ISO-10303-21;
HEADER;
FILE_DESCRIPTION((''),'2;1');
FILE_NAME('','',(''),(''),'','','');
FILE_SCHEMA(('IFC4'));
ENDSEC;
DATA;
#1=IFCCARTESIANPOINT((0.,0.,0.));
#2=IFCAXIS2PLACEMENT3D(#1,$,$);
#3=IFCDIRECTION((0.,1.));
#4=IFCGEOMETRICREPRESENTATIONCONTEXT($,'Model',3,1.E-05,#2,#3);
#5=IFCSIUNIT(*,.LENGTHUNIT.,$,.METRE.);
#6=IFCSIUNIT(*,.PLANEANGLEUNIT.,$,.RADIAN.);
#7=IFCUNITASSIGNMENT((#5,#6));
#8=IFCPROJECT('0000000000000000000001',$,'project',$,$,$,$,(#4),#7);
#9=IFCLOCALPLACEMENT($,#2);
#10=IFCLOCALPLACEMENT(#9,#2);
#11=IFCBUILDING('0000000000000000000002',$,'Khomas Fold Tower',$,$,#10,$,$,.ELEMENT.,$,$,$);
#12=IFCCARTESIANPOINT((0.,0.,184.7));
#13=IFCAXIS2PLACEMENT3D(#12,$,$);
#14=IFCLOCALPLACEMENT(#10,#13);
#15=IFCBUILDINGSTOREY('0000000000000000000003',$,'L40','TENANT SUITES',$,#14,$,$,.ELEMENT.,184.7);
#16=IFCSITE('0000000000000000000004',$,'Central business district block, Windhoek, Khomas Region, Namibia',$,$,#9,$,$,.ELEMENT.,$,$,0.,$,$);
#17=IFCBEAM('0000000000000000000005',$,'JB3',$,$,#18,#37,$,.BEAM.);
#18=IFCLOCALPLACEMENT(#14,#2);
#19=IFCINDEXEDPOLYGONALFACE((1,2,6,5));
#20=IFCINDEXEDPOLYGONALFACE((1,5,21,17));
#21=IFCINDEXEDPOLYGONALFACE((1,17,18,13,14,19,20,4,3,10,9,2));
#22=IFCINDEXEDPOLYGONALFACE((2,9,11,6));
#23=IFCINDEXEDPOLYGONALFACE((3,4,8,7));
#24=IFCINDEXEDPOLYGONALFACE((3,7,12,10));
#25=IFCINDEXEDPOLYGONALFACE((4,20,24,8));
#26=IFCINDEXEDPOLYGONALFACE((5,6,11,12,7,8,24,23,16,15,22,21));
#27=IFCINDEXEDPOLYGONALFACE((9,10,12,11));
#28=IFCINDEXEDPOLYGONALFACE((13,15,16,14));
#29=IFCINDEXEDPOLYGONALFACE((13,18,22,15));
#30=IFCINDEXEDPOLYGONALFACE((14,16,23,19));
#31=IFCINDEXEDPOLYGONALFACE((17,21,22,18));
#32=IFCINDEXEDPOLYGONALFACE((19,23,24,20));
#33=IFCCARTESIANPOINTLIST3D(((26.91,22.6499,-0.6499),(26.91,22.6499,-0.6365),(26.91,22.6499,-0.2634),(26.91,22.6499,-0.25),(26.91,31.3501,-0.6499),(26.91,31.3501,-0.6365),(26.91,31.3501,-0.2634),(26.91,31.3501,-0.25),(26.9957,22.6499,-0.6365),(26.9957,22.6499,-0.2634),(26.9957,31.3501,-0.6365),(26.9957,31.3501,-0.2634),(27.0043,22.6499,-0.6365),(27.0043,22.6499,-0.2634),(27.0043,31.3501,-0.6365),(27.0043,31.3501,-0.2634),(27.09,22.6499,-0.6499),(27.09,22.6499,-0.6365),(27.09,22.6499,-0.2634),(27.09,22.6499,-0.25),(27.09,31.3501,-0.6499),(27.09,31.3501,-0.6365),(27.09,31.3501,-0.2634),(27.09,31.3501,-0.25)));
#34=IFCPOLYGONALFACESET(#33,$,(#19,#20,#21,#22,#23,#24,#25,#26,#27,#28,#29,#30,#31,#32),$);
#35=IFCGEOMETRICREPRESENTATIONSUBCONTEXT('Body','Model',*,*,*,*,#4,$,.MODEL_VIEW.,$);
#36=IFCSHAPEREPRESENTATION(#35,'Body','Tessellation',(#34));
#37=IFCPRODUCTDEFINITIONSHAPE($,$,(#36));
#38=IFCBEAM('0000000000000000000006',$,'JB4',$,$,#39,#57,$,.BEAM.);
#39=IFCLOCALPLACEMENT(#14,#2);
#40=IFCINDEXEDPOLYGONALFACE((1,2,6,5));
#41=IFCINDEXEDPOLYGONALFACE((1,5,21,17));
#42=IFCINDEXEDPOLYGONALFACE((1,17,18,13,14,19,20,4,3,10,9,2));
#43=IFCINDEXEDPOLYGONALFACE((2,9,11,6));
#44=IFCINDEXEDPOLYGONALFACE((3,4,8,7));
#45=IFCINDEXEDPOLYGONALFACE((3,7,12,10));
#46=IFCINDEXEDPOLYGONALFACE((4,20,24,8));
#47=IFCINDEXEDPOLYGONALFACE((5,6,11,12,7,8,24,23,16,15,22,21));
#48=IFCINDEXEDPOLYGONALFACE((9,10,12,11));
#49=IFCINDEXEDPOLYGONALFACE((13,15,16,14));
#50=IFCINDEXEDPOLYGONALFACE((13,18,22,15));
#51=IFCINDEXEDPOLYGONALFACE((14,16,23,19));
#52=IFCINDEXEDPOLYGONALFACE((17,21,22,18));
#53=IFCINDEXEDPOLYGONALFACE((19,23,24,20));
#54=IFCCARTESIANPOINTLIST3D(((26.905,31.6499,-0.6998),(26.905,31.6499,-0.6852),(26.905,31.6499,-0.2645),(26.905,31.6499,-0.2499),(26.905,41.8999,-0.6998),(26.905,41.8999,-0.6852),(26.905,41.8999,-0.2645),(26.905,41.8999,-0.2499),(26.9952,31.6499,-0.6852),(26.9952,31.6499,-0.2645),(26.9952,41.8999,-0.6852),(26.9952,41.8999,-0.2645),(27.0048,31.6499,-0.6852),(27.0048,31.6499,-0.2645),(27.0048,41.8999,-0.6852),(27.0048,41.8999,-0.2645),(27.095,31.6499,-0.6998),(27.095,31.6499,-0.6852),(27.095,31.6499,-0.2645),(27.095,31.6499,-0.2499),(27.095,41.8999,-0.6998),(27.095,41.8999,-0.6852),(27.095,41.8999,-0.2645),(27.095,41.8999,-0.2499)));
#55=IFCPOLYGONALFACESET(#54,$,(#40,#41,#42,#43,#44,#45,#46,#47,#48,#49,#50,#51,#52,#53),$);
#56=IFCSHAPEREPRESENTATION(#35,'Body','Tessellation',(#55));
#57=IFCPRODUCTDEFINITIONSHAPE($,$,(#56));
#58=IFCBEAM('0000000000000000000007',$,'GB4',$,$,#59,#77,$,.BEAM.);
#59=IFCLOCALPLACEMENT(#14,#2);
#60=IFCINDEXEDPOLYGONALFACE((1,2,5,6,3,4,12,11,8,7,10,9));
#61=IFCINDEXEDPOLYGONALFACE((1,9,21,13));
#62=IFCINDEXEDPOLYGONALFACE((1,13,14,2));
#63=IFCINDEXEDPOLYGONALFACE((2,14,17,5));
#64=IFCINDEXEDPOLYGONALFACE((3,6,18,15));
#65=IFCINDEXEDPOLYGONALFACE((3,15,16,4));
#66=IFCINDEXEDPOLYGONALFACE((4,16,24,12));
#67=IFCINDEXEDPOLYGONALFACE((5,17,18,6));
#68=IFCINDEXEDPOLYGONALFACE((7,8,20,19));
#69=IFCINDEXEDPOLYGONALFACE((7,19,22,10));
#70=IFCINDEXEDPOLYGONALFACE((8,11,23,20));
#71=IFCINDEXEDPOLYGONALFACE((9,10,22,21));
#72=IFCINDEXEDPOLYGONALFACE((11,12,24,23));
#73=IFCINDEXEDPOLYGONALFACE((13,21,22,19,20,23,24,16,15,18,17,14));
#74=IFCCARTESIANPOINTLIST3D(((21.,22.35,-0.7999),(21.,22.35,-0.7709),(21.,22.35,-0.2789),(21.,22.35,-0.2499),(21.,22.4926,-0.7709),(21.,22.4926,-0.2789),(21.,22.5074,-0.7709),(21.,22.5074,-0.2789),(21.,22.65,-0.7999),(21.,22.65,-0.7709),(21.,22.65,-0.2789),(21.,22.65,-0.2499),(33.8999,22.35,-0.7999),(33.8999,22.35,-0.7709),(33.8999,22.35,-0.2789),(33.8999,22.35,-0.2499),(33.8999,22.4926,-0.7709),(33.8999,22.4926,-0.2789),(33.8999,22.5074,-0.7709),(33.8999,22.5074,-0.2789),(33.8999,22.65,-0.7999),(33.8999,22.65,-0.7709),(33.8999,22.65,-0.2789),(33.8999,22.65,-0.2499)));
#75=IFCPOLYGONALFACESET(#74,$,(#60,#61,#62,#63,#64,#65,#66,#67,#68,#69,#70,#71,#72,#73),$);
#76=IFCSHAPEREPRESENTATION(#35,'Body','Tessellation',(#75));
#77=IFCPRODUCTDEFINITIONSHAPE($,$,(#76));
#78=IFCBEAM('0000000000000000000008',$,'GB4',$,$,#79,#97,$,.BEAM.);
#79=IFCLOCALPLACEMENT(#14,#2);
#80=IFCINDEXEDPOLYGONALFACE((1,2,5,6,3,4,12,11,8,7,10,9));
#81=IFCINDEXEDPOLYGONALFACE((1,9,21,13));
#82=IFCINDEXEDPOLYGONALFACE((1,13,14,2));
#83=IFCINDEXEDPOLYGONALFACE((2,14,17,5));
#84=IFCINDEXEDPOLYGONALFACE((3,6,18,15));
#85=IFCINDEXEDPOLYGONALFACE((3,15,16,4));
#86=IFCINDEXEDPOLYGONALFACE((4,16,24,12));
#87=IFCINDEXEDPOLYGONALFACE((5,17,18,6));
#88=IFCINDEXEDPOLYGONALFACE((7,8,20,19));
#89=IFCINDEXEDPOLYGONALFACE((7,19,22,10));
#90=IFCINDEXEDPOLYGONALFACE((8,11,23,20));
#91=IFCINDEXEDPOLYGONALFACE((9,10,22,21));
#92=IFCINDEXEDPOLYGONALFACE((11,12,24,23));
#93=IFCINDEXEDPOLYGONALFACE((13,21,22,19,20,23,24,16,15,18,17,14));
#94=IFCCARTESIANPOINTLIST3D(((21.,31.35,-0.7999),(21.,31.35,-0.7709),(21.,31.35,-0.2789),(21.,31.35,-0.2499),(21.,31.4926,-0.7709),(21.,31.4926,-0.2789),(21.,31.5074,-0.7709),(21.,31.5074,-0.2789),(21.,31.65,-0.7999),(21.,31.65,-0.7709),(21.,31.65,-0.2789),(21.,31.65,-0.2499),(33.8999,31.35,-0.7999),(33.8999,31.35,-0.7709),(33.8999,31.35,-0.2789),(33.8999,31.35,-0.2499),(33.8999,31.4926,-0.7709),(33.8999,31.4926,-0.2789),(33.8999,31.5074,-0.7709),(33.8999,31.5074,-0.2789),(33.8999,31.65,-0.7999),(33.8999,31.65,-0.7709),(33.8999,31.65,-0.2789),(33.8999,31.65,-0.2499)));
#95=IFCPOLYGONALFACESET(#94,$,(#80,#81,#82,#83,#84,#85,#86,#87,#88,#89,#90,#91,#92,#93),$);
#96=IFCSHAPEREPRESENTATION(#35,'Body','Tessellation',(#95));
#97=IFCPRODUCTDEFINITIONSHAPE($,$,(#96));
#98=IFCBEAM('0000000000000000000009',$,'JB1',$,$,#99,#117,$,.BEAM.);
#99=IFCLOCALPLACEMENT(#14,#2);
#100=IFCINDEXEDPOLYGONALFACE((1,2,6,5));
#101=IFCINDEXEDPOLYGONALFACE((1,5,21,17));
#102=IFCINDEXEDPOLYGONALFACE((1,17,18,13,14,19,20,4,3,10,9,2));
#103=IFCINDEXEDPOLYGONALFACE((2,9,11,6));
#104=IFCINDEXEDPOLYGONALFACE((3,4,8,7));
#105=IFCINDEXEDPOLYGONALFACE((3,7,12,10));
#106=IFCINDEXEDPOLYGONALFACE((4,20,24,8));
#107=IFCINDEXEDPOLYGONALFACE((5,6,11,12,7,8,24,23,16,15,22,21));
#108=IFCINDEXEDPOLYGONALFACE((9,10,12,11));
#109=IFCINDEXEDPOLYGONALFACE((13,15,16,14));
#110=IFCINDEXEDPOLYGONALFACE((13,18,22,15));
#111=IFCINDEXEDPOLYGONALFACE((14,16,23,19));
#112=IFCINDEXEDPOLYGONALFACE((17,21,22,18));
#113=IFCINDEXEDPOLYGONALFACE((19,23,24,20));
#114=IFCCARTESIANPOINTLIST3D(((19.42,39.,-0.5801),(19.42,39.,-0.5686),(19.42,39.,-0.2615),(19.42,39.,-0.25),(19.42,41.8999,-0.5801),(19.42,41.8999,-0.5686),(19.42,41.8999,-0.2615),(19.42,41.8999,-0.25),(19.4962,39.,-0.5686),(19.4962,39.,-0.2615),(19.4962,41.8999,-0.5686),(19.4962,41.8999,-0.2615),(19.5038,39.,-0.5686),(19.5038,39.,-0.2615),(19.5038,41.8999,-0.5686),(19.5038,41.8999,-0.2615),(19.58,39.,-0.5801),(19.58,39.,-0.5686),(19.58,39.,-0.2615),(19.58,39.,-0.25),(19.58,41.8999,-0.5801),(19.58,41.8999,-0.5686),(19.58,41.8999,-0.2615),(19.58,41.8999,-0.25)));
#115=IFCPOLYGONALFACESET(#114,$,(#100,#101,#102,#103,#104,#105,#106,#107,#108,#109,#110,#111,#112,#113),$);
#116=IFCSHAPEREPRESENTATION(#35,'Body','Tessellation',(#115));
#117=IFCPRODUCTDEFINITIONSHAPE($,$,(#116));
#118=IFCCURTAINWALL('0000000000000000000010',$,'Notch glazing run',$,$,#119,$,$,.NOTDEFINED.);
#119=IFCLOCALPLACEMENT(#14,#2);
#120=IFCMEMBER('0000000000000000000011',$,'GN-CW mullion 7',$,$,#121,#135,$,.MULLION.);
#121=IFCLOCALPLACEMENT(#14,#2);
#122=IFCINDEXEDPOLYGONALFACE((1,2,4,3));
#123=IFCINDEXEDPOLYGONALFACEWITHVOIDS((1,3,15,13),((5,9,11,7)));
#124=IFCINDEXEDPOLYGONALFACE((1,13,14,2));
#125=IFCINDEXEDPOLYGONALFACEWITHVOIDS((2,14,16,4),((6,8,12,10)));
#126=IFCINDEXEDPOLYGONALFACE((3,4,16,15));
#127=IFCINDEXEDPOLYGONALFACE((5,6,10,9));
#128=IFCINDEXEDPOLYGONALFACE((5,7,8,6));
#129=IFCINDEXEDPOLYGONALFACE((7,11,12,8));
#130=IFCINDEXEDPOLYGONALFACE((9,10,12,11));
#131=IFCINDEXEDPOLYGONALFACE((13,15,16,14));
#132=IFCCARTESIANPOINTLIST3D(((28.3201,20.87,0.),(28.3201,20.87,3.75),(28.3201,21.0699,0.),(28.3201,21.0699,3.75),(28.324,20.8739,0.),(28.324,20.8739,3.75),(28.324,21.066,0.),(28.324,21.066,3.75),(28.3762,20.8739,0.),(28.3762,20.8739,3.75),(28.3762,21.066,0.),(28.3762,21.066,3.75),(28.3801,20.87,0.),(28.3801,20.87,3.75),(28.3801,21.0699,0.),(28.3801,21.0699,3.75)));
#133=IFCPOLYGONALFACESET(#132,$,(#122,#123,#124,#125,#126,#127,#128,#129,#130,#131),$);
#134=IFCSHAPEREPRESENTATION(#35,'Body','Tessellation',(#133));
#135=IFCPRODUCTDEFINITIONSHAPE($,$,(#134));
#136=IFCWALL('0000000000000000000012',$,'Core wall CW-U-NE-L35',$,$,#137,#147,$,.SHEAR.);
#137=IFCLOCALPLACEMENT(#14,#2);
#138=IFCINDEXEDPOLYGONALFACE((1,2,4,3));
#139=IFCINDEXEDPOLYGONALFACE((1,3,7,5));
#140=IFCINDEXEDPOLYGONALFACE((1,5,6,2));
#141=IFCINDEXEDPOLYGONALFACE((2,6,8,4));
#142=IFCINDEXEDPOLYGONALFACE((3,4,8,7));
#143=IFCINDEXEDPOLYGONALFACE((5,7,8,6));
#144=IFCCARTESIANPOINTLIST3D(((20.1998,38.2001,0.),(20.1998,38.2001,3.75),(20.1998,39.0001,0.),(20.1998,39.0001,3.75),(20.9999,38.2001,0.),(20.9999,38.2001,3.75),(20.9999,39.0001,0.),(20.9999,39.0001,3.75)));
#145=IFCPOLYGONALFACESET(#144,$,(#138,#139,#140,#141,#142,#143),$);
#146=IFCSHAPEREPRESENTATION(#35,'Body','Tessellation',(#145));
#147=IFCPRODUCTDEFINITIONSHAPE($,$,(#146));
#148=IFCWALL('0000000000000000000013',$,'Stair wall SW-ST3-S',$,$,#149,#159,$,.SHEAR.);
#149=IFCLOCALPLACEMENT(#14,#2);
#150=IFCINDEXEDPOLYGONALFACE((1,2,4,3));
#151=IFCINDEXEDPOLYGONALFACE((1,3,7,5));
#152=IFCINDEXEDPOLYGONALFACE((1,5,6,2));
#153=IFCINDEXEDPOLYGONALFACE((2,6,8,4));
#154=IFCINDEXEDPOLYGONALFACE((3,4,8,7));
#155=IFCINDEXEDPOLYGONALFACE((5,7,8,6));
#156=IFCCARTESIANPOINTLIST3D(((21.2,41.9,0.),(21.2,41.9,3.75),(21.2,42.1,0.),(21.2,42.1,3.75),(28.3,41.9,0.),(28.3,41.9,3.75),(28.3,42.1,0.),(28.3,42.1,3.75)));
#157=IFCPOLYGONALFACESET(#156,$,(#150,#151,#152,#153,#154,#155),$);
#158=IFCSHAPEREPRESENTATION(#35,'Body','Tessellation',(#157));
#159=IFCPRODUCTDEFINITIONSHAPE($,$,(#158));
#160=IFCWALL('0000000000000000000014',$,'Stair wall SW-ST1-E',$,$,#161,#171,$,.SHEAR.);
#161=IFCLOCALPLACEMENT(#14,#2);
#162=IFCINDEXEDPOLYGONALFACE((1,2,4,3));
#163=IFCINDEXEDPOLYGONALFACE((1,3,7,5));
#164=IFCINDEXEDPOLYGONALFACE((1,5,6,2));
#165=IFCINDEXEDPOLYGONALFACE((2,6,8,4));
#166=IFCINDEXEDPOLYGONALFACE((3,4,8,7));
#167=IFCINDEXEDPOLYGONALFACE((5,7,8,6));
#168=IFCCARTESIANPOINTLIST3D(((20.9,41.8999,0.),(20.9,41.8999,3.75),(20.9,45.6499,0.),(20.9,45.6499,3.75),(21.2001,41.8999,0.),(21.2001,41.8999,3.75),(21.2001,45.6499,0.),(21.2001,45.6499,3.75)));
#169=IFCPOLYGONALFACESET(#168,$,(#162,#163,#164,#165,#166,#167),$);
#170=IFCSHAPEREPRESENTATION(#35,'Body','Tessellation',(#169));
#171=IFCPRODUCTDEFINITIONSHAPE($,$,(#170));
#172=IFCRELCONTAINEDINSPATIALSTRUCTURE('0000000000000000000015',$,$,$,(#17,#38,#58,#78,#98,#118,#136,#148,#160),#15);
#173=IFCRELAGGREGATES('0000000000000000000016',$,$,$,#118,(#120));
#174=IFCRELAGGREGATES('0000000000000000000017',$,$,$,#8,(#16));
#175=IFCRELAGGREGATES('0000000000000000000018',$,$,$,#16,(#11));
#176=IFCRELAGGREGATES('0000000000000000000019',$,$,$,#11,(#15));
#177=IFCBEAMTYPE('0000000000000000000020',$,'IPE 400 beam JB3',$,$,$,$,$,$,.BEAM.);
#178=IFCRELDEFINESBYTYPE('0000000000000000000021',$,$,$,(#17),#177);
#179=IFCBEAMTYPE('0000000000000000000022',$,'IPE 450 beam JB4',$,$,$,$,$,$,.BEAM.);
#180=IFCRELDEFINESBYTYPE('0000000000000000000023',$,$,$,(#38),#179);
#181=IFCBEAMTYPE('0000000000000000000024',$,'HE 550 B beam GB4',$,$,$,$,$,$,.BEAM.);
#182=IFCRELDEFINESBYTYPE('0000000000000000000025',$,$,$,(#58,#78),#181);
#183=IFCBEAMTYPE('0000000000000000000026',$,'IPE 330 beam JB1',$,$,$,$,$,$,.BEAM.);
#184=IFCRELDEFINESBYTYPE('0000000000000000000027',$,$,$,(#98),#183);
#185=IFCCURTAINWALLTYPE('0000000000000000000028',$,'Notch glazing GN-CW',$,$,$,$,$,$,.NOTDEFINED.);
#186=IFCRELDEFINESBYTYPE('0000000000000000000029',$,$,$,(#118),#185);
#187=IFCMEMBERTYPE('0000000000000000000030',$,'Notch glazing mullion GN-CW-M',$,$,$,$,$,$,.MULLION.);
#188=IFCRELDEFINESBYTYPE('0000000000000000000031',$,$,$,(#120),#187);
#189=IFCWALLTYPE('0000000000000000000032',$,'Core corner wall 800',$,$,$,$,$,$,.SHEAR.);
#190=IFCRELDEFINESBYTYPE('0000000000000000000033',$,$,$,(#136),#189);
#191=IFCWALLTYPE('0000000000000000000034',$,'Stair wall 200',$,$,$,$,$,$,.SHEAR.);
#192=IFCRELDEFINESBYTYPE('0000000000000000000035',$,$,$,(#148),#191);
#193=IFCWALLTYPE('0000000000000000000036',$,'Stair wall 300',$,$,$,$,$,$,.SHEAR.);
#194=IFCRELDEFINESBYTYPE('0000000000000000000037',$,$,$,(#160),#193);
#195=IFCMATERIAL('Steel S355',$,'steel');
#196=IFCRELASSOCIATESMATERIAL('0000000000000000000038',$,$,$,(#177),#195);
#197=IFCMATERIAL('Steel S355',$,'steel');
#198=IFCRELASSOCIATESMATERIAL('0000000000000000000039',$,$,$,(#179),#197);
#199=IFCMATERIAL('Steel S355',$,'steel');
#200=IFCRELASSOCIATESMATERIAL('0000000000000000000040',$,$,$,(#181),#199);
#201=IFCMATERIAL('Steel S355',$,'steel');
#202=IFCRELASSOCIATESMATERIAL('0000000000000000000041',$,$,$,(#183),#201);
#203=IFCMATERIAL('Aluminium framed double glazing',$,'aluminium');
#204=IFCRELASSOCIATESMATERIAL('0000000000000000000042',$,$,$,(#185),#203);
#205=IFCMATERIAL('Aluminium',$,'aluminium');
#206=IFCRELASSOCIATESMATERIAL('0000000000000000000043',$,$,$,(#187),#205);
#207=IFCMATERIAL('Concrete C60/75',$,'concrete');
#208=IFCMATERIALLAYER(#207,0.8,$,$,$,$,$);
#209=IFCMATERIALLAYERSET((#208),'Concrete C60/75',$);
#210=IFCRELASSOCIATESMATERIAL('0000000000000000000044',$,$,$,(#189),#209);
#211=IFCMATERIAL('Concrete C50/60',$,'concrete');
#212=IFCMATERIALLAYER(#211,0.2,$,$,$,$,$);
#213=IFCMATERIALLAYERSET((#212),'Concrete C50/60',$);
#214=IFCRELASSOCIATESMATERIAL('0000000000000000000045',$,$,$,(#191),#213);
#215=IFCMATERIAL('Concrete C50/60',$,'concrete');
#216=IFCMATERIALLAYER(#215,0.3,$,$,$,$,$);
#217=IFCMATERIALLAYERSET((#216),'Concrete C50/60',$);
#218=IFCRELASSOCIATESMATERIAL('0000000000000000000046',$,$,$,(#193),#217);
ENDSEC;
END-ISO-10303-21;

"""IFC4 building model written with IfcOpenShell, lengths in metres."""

from ifc_helpers import new_model, si_unit, direction, frame, frame_2d, origin, origin_2d, place, context, subcontext, project, spatial, rectangle, hollow_rectangle, i_section, extrude, source, transform, mapped, material, layer, layer_set, material_profile, profile_set, type_object, element, aggregate, save


model = new_model("IFC4")

# Units and contexts
model_context = context("Model", 3, precision=1e-05, world=origin(), true_north=direction((0.0, 1.0)))
body_context = subcontext(model_context, "Body", "Model", "MODEL_VIEW")
ifc_project = project(units=[si_unit("LENGTHUNIT", "METRE"), si_unit("PLANEANGLEUNIT", "RADIAN")], contexts=[model_context])

# Site, building, storey
site_placement = place(None, origin())
site = spatial("IfcSite", under=ifc_project, at=site_placement, Name="Central business district block, Windhoek, Khomas Region, Namibia", CompositionType="ELEMENT", RefElevation=0.0)
building_placement = place(site_placement, origin())
building = spatial("IfcBuilding", under=site, at=building_placement, Name="Khomas Fold Tower", CompositionType="ELEMENT")
storey_placement = place(building_placement, frame((0.0, 0.0, 184.7)))
storey = spatial("IfcBuildingStorey", under=building, at=storey_placement, Name="L40", Description="TENANT SUITES", CompositionType="ELEMENT", Elevation=184.7)

# Beams
ifc_material_1 = material(Name="Steel S355", Category="steel")
ifc_material_profile_1 = material_profile(ifc_material_1, i_section(OverallWidth=0.1799, OverallDepth=0.3999, WebThickness=0.0085, FlangeThickness=0.0134, at=origin_2d()), Name="IPE 400")
ifc_profile_set_1 = profile_set([ifc_material_profile_1], Name="Steel S355")
beam_type_1 = type_object("IfcBeamType", Name="IPE 400 beam JB3", PredefinedType="BEAM", material=ifc_profile_set_1)
shared_shape_1 = source(origin(), body_context, "Body", "SweptSolid", [
    extrude(i_section(OverallWidth=0.1799, OverallDepth=0.3999, WebThickness=0.0085, FlangeThickness=0.0134, at=origin_2d()), origin(), (0.0, 0.0, 1.0), 8.7002),
])
beam_1_placement = place(storey_placement, frame((27.0, 22.6499, -0.45), z_axis=(0.0, 1.0, 0.0), x_axis=(-1.0, 0.0, 0.0)))
element("IfcBeam", 1, at=beam_1_placement, inside=storey, type_object=beam_type_1, Name="JB3", PredefinedType="BEAM", context=body_context, shape_type="MappedRepresentation", body=[
    mapped(shared_shape_1, transform((0.0, 0.0, 0.0))),
])
ifc_material_2 = material(Name="Steel S355", Category="steel")
ifc_material_profile_2 = material_profile(ifc_material_2, i_section(OverallWidth=0.1899, OverallDepth=0.45, WebThickness=0.0095, FlangeThickness=0.0146, at=origin_2d()), Name="IPE 450")
ifc_profile_set_2 = profile_set([ifc_material_profile_2], Name="Steel S355")
beam_type_2 = type_object("IfcBeamType", Name="IPE 450 beam JB4", PredefinedType="BEAM", material=ifc_profile_set_2)
shared_shape_2 = source(origin(), body_context, "Body", "SweptSolid", [
    extrude(i_section(OverallWidth=0.1899, OverallDepth=0.45, WebThickness=0.0095, FlangeThickness=0.0146, at=origin_2d()), origin(), (0.0, 0.0, 1.0), 10.25),
])
beam_2_placement = place(storey_placement, frame((27.0, 31.6499, -0.4749), z_axis=(0.0, 1.0, 0.0), x_axis=(-1.0, 0.0, 0.0)))
element("IfcBeam", 2, at=beam_2_placement, inside=storey, type_object=beam_type_2, Name="JB4", PredefinedType="BEAM", context=body_context, shape_type="MappedRepresentation", body=[
    mapped(shared_shape_2, transform((0.0, 0.0, 0.0))),
])
ifc_material_3 = material(Name="Steel S355", Category="steel")
ifc_material_profile_3 = material_profile(ifc_material_3, i_section(OverallWidth=0.3, OverallDepth=0.55, WebThickness=0.0149, FlangeThickness=0.0291, at=origin_2d()), Name="HE 550 B")
ifc_profile_set_3 = profile_set([ifc_material_profile_3], Name="Steel S355")
beam_type_3 = type_object("IfcBeamType", Name="HE 550 B beam GB4", PredefinedType="BEAM", material=ifc_profile_set_3)
shared_shape_3 = source(origin(), body_context, "Body", "SweptSolid", [
    extrude(i_section(OverallWidth=0.3, OverallDepth=0.55, WebThickness=0.0149, FlangeThickness=0.0291, at=origin_2d()), origin(), (0.0, 0.0, 1.0), 12.8999),
])
for number, where, z_axis, x_axis, name in (
    (3, (21.0, 22.5, -0.5249), (1.0, 0.0, 0.0), (0.0, 1.0, 0.0), "GB4"),
    (4, (21.0, 31.5, -0.5249), (1.0, 0.0, 0.0), (0.0, 1.0, 0.0), "GB4"),
):
    element("IfcBeam", number, at=place(storey_placement, frame(where, z_axis=z_axis, x_axis=x_axis)), inside=storey, type_object=beam_type_3, Name=name, PredefinedType="BEAM", context=body_context, shape_type="MappedRepresentation", body=[
        mapped(shared_shape_3, transform((0.0, 0.0, 0.0))),
    ])
ifc_material_4 = material(Name="Steel S355", Category="steel")
ifc_material_profile_4 = material_profile(ifc_material_4, i_section(OverallWidth=0.1599, OverallDepth=0.3301, WebThickness=0.0076, FlangeThickness=0.0115, at=origin_2d()), Name="IPE 330")
ifc_profile_set_4 = profile_set([ifc_material_profile_4], Name="Steel S355")
beam_type_4 = type_object("IfcBeamType", Name="IPE 330 beam JB1", PredefinedType="BEAM", material=ifc_profile_set_4)
shared_shape_4 = source(origin(), body_context, "Body", "SweptSolid", [
    extrude(i_section(OverallWidth=0.1599, OverallDepth=0.3301, WebThickness=0.0076, FlangeThickness=0.0115, at=origin_2d()), origin(), (0.0, 0.0, 1.0), 2.8999),
])
beam_3_placement = place(storey_placement, frame((19.5, 39.0, -0.415), z_axis=(0.0, 1.0, 0.0), x_axis=(-1.0, 0.0, 0.0)))
element("IfcBeam", 5, at=beam_3_placement, inside=storey, type_object=beam_type_4, Name="JB1", PredefinedType="BEAM", context=body_context, shape_type="MappedRepresentation", body=[
    mapped(shared_shape_4, transform((0.0, 0.0, 0.0))),
])

# Curtain wall, member
ifc_material_5 = material(Name="Aluminium framed double glazing", Category="aluminium")
curtain_wall_type = type_object("IfcCurtainWallType", Name="Notch glazing GN-CW", PredefinedType="NOTDEFINED", material=ifc_material_5)
curtain_wall_placement = place(storey_placement, origin())
curtain_wall = element("IfcCurtainWall", 6, at=curtain_wall_placement, inside=storey, type_object=curtain_wall_type, Name="Notch glazing run", PredefinedType="NOTDEFINED")
ifc_material_6 = material(Name="Aluminium", Category="aluminium")
ifc_material_profile_5 = material_profile(ifc_material_6, hollow_rectangle(XDim=0.0601, YDim=0.2, WallThickness=0.0039, at=origin_2d()), Name="Notch glazing mullion GN-CW-M")
ifc_profile_set_5 = profile_set([ifc_material_profile_5], Name="Aluminium")
member_type = type_object("IfcMemberType", Name="Notch glazing mullion GN-CW-M", PredefinedType="MULLION", material=ifc_profile_set_5)
shared_shape_5 = source(origin(), body_context, "Body", "SweptSolid", [
    extrude(hollow_rectangle(XDim=0.0601, YDim=0.2, WallThickness=0.0039, at=origin_2d()), origin(), (0.0, 0.0, 1.0), 3.75),
])
member_placement = place(storey_placement, frame((28.3501, 20.97, 0.0), z_axis=(0.0, 0.0, 1.0), x_axis=(-1.0, 0.0, 0.0)))
member = element("IfcMember", 7, at=member_placement, type_object=member_type, Name="GN-CW mullion 7", PredefinedType="MULLION", context=body_context, shape_type="MappedRepresentation", body=[
    mapped(shared_shape_5, transform((0.0, 0.0, 0.0))),
])
aggregate(curtain_wall, [member])

# Walls
ifc_material_7 = material(Name="Concrete C60/75", Category="concrete")
ifc_layer_1 = layer(ifc_material_7, 0.8)
ifc_layer_set_1 = layer_set([ifc_layer_1], Name="Concrete C60/75")
wall_type_1 = type_object("IfcWallType", Name="Core corner wall 800", PredefinedType="SHEAR", material=ifc_layer_set_1)
shared_shape_6 = source(origin(), body_context, "Body", "SweptSolid", [
    extrude(rectangle(XDim=0.8, YDim=0.8, at=frame_2d((0.3999, 0.0))), origin(), (0.0, 0.0, 1.0), 3.75),
])
wall_1_placement = place(storey_placement, frame((20.2, 38.6001, 0.0), z_axis=(0.0, 0.0, 1.0), x_axis=(1.0, 0.0, 0.0)))
element("IfcWall", 8, at=wall_1_placement, inside=storey, type_object=wall_type_1, Name="Core wall CW-U-NE-L35", PredefinedType="SHEAR", context=body_context, shape_type="MappedRepresentation", body=[
    mapped(shared_shape_6, transform((0.0, 0.0, 0.0))),
])
ifc_material_8 = material(Name="Concrete C50/60", Category="concrete")
ifc_layer_2 = layer(ifc_material_8, 0.2)
ifc_layer_set_2 = layer_set([ifc_layer_2], Name="Concrete C50/60")
wall_type_2 = type_object("IfcWallType", Name="Stair wall 200", PredefinedType="SHEAR", material=ifc_layer_set_2)
shared_shape_7 = source(origin(), body_context, "Body", "SweptSolid", [
    extrude(rectangle(XDim=7.1001, YDim=0.2, at=frame_2d((3.55, 0.0))), origin(), (0.0, 0.0, 1.0), 3.75),
])
wall_2_placement = place(storey_placement, frame((21.2, 42.0, 0.0), z_axis=(0.0, 0.0, 1.0), x_axis=(1.0, 0.0, 0.0)))
element("IfcWall", 9, at=wall_2_placement, inside=storey, type_object=wall_type_2, Name="Stair wall SW-ST3-S", PredefinedType="SHEAR", context=body_context, shape_type="MappedRepresentation", body=[
    mapped(shared_shape_7, transform((0.0, 0.0, 0.0))),
])
ifc_material_9 = material(Name="Concrete C50/60", Category="concrete")
ifc_layer_3 = layer(ifc_material_9, 0.3)
ifc_layer_set_3 = layer_set([ifc_layer_3], Name="Concrete C50/60")
wall_type_3 = type_object("IfcWallType", Name="Stair wall 300", PredefinedType="SHEAR", material=ifc_layer_set_3)
shared_shape_8 = source(origin(), body_context, "Body", "SweptSolid", [
    extrude(rectangle(XDim=3.75, YDim=0.3, at=frame_2d((1.875, 0.0))), origin(), (0.0, 0.0, 1.0), 3.75),
])
wall_3_placement = place(storey_placement, frame((21.05, 41.8999, 0.0), z_axis=(0.0, 0.0, 1.0), x_axis=(0.0, 1.0, 0.0)))
element("IfcWall", 10, at=wall_3_placement, inside=storey, type_object=wall_type_3, Name="Stair wall SW-ST1-E", PredefinedType="SHEAR", context=body_context, shape_type="MappedRepresentation", body=[
    mapped(shared_shape_8, transform((0.0, 0.0, 0.0))),
])

save(model, "model.ifc")
